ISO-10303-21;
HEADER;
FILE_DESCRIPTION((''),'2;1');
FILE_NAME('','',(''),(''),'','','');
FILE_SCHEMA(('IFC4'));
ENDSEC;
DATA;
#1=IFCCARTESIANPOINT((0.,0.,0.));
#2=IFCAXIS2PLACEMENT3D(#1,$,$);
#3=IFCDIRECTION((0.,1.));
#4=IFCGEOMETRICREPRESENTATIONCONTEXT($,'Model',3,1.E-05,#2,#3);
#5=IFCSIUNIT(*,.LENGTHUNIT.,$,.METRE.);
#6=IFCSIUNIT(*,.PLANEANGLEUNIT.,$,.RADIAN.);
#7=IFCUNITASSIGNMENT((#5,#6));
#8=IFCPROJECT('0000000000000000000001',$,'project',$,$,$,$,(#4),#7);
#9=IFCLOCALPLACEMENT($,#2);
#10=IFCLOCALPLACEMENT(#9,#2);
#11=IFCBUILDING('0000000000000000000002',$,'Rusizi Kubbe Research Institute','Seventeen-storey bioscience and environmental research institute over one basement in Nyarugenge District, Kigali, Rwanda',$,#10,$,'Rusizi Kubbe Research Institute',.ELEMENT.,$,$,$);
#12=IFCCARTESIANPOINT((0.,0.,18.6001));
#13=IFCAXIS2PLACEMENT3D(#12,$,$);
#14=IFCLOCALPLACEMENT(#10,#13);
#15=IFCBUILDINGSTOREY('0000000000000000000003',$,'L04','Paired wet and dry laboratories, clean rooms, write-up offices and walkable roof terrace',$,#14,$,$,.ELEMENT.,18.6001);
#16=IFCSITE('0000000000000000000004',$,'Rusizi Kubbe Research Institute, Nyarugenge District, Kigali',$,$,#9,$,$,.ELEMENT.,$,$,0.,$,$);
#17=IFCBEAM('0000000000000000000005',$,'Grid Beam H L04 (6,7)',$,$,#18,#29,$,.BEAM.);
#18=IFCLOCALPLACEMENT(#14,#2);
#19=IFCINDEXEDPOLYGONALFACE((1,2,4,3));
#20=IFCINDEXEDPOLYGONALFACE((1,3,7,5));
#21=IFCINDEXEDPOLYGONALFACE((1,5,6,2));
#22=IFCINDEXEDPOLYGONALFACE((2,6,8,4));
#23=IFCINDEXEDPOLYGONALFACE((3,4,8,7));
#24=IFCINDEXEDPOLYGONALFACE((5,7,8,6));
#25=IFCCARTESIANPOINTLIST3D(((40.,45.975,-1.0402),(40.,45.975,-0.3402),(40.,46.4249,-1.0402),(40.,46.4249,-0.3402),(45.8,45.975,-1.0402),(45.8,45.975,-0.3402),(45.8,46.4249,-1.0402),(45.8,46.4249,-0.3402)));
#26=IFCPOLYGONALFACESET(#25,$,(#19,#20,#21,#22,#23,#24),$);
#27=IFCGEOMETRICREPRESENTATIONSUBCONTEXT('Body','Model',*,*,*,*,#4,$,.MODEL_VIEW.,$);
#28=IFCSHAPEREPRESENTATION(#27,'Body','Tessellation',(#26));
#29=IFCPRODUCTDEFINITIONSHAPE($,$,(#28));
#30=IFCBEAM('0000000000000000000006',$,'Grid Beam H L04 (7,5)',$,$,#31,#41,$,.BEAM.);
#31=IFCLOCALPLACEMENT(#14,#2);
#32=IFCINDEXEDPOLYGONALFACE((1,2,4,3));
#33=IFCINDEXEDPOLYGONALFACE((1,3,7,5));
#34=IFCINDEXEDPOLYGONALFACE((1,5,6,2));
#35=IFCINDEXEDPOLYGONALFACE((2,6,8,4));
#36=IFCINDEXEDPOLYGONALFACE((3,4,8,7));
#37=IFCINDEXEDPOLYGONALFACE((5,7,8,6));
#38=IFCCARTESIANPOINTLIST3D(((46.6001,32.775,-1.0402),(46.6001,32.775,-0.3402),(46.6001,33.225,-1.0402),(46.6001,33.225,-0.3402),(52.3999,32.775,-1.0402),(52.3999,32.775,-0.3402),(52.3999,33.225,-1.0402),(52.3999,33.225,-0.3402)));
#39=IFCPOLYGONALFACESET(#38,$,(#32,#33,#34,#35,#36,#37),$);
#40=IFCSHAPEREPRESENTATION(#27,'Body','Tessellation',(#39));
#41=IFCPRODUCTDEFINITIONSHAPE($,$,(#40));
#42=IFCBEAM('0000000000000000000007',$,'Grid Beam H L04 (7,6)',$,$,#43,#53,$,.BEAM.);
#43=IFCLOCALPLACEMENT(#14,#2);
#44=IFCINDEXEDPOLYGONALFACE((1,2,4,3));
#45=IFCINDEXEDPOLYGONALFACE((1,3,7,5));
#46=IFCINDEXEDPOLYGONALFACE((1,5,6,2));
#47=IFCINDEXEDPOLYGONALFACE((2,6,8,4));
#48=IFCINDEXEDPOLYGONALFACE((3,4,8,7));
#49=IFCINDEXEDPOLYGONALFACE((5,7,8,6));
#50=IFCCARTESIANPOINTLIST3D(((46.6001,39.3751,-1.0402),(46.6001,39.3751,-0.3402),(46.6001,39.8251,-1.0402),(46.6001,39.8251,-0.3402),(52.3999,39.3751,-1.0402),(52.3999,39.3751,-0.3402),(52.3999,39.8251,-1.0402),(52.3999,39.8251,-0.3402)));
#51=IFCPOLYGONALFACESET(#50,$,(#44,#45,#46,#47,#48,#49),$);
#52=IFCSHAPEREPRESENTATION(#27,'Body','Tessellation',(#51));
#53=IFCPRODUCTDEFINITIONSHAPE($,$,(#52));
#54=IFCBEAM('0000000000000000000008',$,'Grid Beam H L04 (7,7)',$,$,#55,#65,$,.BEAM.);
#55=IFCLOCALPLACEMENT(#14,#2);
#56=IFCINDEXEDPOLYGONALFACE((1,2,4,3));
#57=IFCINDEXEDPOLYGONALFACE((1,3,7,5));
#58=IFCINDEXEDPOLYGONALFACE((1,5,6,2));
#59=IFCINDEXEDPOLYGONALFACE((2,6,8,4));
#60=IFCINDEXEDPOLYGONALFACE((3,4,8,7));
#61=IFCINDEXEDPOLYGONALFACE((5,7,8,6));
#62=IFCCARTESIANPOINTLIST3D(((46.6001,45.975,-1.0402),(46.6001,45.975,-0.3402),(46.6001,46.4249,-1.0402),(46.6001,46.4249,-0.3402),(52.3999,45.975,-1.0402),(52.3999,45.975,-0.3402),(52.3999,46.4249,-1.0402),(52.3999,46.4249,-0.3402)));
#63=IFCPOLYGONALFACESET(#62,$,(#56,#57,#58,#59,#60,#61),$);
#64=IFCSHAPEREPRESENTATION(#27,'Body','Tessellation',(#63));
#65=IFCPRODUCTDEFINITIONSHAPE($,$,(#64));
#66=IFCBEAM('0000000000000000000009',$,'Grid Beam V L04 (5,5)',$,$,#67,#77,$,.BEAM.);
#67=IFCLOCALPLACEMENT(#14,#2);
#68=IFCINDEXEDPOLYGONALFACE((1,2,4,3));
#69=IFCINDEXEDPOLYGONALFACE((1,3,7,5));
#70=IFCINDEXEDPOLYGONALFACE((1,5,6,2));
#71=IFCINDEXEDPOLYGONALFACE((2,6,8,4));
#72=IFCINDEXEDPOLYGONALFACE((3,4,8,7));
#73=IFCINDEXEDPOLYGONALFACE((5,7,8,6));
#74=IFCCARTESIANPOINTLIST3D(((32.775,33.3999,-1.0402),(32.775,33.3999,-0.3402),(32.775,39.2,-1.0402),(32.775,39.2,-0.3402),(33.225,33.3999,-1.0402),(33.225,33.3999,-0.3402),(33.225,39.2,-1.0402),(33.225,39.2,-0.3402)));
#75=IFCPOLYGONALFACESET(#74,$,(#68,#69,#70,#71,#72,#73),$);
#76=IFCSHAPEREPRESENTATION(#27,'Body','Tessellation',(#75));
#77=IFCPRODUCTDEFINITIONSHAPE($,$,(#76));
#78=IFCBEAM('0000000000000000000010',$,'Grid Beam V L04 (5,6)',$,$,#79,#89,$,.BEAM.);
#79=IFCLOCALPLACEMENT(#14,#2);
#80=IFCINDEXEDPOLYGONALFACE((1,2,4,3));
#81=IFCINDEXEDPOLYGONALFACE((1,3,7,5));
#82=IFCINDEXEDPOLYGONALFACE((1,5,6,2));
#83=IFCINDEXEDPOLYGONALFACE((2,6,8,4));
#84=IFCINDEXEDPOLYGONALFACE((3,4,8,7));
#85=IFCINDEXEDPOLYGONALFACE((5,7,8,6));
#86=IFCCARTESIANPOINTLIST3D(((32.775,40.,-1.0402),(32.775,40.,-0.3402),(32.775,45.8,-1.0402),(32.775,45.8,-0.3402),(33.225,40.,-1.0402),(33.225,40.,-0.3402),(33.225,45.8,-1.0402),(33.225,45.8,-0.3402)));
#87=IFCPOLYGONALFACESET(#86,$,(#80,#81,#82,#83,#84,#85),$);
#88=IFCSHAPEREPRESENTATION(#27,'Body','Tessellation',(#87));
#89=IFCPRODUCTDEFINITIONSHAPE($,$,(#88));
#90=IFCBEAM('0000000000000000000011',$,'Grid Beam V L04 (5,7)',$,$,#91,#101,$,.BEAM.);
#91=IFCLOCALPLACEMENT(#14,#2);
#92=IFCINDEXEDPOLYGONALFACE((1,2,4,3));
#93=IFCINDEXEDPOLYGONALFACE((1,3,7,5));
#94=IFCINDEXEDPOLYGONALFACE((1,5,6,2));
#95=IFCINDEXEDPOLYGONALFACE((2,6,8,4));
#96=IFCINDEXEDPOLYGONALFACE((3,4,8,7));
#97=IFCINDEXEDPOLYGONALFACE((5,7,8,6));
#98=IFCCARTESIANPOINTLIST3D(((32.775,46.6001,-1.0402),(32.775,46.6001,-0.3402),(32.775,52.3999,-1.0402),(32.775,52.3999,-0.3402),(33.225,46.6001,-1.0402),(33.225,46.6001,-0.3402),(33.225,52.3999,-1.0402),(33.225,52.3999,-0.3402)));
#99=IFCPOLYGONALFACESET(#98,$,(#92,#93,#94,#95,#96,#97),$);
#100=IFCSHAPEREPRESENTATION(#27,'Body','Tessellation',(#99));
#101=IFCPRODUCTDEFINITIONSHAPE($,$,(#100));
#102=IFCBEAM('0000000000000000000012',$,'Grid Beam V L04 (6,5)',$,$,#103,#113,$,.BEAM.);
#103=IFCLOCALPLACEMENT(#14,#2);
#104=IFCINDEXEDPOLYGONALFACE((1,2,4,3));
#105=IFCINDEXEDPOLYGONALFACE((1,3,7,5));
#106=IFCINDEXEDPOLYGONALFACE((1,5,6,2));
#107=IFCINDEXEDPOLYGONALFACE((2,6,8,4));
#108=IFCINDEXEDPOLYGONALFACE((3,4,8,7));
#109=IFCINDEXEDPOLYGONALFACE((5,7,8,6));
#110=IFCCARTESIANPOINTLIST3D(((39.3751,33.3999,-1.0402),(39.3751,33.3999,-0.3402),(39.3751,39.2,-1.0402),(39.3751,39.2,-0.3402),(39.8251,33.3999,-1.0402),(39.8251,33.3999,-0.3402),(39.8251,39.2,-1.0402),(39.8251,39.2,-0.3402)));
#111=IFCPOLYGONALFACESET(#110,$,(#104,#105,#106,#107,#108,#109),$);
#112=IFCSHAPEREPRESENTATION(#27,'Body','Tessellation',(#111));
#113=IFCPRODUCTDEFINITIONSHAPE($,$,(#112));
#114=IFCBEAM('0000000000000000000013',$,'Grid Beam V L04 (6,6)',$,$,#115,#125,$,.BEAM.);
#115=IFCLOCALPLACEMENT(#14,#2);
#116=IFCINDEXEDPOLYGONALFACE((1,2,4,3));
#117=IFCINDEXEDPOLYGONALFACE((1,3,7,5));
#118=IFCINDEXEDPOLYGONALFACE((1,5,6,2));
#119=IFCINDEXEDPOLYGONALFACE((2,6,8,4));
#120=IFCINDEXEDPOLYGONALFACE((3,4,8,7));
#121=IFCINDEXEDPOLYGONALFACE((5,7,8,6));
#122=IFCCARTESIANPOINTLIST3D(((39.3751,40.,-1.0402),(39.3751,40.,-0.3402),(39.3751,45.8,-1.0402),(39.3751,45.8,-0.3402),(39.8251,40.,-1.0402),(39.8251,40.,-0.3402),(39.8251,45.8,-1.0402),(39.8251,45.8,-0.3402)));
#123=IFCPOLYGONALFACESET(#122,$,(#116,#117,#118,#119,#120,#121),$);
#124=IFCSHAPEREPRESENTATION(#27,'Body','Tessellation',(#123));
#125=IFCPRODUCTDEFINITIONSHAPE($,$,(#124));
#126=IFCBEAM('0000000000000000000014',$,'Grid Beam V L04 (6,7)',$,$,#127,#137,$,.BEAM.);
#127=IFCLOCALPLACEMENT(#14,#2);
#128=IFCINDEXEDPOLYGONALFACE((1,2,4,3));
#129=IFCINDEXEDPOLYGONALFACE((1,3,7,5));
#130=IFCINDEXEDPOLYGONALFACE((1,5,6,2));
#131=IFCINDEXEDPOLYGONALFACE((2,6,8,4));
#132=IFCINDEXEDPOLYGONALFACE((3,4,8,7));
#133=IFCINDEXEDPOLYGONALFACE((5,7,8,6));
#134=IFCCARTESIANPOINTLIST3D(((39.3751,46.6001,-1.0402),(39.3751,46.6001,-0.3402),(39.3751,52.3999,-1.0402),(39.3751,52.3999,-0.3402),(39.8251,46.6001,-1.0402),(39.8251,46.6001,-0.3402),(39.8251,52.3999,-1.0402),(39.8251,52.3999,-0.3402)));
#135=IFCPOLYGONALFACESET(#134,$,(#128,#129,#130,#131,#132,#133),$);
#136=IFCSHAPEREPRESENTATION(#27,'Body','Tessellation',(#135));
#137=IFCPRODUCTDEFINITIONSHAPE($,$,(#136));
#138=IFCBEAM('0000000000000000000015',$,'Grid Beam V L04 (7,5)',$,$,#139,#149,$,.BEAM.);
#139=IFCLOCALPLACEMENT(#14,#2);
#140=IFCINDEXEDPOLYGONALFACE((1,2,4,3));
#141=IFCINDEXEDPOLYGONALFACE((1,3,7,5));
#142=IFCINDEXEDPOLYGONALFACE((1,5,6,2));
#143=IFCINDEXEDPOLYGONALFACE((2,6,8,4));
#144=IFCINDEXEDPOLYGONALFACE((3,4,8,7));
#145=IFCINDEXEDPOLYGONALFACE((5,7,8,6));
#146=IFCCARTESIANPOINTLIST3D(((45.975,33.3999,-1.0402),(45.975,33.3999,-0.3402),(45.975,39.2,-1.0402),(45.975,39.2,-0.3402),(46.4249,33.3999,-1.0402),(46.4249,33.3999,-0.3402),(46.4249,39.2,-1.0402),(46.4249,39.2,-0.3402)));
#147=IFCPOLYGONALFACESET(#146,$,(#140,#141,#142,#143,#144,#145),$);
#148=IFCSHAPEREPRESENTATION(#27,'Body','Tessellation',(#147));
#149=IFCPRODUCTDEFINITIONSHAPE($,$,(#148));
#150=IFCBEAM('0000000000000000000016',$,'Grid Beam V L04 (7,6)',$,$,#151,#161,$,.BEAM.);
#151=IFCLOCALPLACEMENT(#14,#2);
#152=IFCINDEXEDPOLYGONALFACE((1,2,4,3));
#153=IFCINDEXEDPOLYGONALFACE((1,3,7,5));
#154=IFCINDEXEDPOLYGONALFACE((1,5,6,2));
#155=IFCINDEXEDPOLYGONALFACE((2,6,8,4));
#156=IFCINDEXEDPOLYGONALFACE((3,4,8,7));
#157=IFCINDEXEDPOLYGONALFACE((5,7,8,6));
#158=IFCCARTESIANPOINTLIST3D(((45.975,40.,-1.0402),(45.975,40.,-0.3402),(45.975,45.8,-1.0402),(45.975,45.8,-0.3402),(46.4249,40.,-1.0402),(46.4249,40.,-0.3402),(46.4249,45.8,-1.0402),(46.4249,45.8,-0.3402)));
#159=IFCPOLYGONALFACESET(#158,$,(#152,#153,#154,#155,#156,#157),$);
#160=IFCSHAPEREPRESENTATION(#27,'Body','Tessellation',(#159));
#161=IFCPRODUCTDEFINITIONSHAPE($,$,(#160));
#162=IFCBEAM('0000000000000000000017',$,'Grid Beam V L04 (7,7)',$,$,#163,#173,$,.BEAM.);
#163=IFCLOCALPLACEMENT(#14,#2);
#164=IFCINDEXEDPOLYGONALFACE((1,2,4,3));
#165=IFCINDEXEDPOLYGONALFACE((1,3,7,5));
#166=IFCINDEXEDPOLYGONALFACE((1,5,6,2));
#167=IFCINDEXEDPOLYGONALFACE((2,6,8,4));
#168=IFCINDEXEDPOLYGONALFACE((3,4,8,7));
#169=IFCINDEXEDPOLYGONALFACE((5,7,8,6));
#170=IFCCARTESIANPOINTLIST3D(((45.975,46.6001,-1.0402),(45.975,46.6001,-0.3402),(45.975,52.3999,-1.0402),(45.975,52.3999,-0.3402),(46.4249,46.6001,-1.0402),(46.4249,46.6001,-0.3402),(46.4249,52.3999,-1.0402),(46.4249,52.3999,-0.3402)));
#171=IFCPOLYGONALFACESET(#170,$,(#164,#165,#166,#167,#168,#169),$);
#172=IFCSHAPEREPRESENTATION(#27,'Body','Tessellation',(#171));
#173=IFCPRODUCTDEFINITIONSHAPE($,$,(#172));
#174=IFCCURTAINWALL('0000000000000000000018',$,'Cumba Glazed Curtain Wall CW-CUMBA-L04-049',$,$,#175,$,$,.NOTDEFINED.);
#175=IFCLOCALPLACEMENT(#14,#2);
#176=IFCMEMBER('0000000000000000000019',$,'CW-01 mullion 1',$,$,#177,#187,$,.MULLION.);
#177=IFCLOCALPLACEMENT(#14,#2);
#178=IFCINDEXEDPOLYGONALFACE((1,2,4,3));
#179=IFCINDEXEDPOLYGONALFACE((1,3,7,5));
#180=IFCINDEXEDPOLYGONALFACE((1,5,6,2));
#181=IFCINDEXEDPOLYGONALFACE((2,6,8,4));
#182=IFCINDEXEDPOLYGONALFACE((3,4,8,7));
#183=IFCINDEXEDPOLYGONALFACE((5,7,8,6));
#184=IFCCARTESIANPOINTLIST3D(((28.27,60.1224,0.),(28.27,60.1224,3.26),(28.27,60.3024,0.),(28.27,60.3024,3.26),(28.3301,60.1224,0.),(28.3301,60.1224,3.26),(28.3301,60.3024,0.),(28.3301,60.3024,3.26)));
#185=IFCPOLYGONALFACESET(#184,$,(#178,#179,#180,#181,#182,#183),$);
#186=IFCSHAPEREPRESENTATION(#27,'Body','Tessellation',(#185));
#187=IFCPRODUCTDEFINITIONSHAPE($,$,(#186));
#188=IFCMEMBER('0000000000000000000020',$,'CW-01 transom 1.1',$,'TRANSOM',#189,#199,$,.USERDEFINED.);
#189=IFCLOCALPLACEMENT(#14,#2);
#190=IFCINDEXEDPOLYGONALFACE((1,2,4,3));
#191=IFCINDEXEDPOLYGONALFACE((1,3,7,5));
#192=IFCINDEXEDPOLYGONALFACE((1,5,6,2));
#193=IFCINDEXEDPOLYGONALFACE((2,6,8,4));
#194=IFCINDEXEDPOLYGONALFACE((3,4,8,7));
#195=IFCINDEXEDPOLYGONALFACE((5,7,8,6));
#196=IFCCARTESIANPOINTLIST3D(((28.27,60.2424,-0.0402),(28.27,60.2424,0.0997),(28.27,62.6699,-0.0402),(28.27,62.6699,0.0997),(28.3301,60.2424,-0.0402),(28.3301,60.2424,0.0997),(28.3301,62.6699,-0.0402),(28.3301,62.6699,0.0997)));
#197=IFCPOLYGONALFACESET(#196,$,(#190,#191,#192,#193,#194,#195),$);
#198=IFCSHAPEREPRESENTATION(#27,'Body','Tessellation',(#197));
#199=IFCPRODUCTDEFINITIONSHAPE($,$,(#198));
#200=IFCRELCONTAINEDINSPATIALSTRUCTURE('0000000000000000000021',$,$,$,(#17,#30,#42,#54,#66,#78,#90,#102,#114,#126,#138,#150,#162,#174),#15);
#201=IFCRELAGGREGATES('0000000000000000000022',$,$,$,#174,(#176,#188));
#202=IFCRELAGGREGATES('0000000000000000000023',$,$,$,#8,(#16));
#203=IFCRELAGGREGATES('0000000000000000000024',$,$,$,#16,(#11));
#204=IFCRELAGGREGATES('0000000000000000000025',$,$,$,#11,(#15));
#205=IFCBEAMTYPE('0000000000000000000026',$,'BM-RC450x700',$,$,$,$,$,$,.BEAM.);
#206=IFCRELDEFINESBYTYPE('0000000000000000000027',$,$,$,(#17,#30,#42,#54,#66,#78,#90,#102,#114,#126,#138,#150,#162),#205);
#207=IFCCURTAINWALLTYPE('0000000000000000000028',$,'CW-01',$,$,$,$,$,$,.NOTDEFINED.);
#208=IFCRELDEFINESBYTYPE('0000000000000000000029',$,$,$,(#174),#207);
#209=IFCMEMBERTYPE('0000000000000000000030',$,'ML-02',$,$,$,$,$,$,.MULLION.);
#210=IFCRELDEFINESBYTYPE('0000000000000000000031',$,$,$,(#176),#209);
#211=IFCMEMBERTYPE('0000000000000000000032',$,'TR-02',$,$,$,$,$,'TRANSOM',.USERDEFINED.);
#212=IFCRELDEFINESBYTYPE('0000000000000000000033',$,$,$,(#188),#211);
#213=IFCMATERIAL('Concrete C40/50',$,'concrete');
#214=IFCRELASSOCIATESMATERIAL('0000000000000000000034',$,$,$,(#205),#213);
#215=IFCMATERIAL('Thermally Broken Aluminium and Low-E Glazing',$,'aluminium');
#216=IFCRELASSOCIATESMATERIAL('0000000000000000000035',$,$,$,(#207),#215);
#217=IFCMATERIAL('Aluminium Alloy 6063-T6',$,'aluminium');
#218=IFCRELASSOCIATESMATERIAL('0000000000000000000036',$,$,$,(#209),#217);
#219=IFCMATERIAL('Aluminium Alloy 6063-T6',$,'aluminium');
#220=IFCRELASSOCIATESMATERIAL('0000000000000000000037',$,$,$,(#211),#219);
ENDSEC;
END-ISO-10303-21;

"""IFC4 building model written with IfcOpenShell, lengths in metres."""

from ifc_helpers import new_model, si_unit, direction, frame, origin, origin_2d, place, context, subcontext, project, spatial, rectangle, extrude, material, material_profile, profile_set, type_object, element, aggregate, save


model = new_model("IFC4")

# Units and contexts
model_context = context("Model", 3, precision=1e-05, world=origin(), true_north=direction((0.0, 1.0)))
body_context = subcontext(model_context, "Body", "Model", "MODEL_VIEW")
ifc_project = project(units=[si_unit("LENGTHUNIT", "METRE"), si_unit("PLANEANGLEUNIT", "RADIAN")], contexts=[model_context])

# Site, building, storey
site_placement = place(None, origin())
site = spatial("IfcSite", under=ifc_project, at=site_placement, Name="Rusizi Kubbe Research Institute, Nyarugenge District, Kigali", CompositionType="ELEMENT", RefElevation=0.0)
building_placement = place(site_placement, origin())
building = spatial("IfcBuilding", under=site, at=building_placement, Name="Rusizi Kubbe Research Institute", Description="Seventeen-storey bioscience and environmental research institute over one basement in Nyarugenge District, Kigali, Rwanda", LongName="Rusizi Kubbe Research Institute", CompositionType="ELEMENT")
storey_placement = place(building_placement, frame((0.0, 0.0, 18.6001)))
storey = spatial("IfcBuildingStorey", under=building, at=storey_placement, Name="L04", Description="Paired wet and dry laboratories, clean rooms, write-up offices and walkable roof terrace", CompositionType="ELEMENT", Elevation=18.6001)

# Beams
ifc_material_1 = material(Name="Concrete C40/50", Category="concrete")
ifc_material_profile_1 = material_profile(ifc_material_1, rectangle(XDim=0.45, YDim=0.7, at=origin_2d()), Name="RC450x700B")
ifc_profile_set_1 = profile_set([ifc_material_profile_1], Name="Concrete C40/50")
beam_type_1 = type_object("IfcBeamType", Name="BM-RC450x700", PredefinedType="BEAM", material=ifc_profile_set_1)
for number, where, z_axis, x_axis, name in (
    (1, (40.0, 46.2, -0.6902), (1.0, 0.0, 0.0), (0.0, 1.0, 0.0), "Grid Beam H L04 (6,7)"),
):
    element("IfcBeam", number, at=place(storey_placement, frame(where, z_axis=z_axis, x_axis=x_axis)), inside=storey, type_object=beam_type_1, Name=name, PredefinedType="BEAM", context=body_context, shape_type="SweptSolid", body=[
        extrude(rectangle(XDim=0.45, YDim=0.7, at=origin_2d()), origin(), (0.0, 0.0, 1.0), 5.8),
    ])
for number, where, z_axis, x_axis, name in (
    (2, (46.6001, 33.0, -0.6902), (1.0, 0.0, 0.0), (0.0, 1.0, 0.0), "Grid Beam H L04 (7,5)"),
    (3, (46.6001, 39.6001, -0.6902), (1.0, 0.0, 0.0), (0.0, 1.0, 0.0), "Grid Beam H L04 (7,6)"),
    (4, (46.6001, 46.2, -0.6902), (1.0, 0.0, 0.0), (0.0, 1.0, 0.0), "Grid Beam H L04 (7,7)"),
):
    element("IfcBeam", number, at=place(storey_placement, frame(where, z_axis=z_axis, x_axis=x_axis)), inside=storey, type_object=beam_type_1, Name=name, PredefinedType="BEAM", context=body_context, shape_type="SweptSolid", body=[
        extrude(rectangle(XDim=0.45, YDim=0.7, at=origin_2d()), origin(), (0.0, 0.0, 1.0), 5.7998),
    ])
for number, where, z_axis, x_axis, name in (
    (5, (33.0, 33.3999, -0.6902), (0.0, 1.0, 0.0), (-1.0, 0.0, 0.0), "Grid Beam V L04 (5,5)"),
    (6, (33.0, 40.0, -0.6902), (0.0, 1.0, 0.0), (-1.0, 0.0, 0.0), "Grid Beam V L04 (5,6)"),
):
    element("IfcBeam", number, at=place(storey_placement, frame(where, z_axis=z_axis, x_axis=x_axis)), inside=storey, type_object=beam_type_1, Name=name, PredefinedType="BEAM", context=body_context, shape_type="SweptSolid", body=[
        extrude(rectangle(XDim=0.45, YDim=0.7, at=origin_2d()), origin(), (0.0, 0.0, 1.0), 5.8),
    ])
beam_1_placement = place(storey_placement, frame((33.0, 46.6001, -0.6902), z_axis=(0.0, 1.0, 0.0), x_axis=(-1.0, 0.0, 0.0)))
element("IfcBeam", 7, at=beam_1_placement, inside=storey, type_object=beam_type_1, Name="Grid Beam V L04 (5,7)", PredefinedType="BEAM", context=body_context, shape_type="SweptSolid", body=[
    extrude(rectangle(XDim=0.45, YDim=0.7, at=origin_2d()), origin(), (0.0, 0.0, 1.0), 5.7998),
])
for number, where, z_axis, x_axis, name in (
    (8, (39.6001, 33.3999, -0.6902), (0.0, 1.0, 0.0), (-1.0, 0.0, 0.0), "Grid Beam V L04 (6,5)"),
    (9, (39.6001, 40.0, -0.6902), (0.0, 1.0, 0.0), (-1.0, 0.0, 0.0), "Grid Beam V L04 (6,6)"),
):
    element("IfcBeam", number, at=place(storey_placement, frame(where, z_axis=z_axis, x_axis=x_axis)), inside=storey, type_object=beam_type_1, Name=name, PredefinedType="BEAM", context=body_context, shape_type="SweptSolid", body=[
        extrude(rectangle(XDim=0.45, YDim=0.7, at=origin_2d()), origin(), (0.0, 0.0, 1.0), 5.8),
    ])
beam_2_placement = place(storey_placement, frame((39.6001, 46.6001, -0.6902), z_axis=(0.0, 1.0, 0.0), x_axis=(-1.0, 0.0, 0.0)))
element("IfcBeam", 10, at=beam_2_placement, inside=storey, type_object=beam_type_1, Name="Grid Beam V L04 (6,7)", PredefinedType="BEAM", context=body_context, shape_type="SweptSolid", body=[
    extrude(rectangle(XDim=0.45, YDim=0.7, at=origin_2d()), origin(), (0.0, 0.0, 1.0), 5.7998),
])
for number, where, z_axis, x_axis, name in (
    (11, (46.2, 33.3999, -0.6902), (0.0, 1.0, 0.0), (-1.0, 0.0, 0.0), "Grid Beam V L04 (7,5)"),
    (12, (46.2, 40.0, -0.6902), (0.0, 1.0, 0.0), (-1.0, 0.0, 0.0), "Grid Beam V L04 (7,6)"),
):
    element("IfcBeam", number, at=place(storey_placement, frame(where, z_axis=z_axis, x_axis=x_axis)), inside=storey, type_object=beam_type_1, Name=name, PredefinedType="BEAM", context=body_context, shape_type="SweptSolid", body=[
        extrude(rectangle(XDim=0.45, YDim=0.7, at=origin_2d()), origin(), (0.0, 0.0, 1.0), 5.8),
    ])
beam_3_placement = place(storey_placement, frame((46.2, 46.6001, -0.6902), z_axis=(0.0, 1.0, 0.0), x_axis=(-1.0, 0.0, 0.0)))
element("IfcBeam", 13, at=beam_3_placement, inside=storey, type_object=beam_type_1, Name="Grid Beam V L04 (7,7)", PredefinedType="BEAM", context=body_context, shape_type="SweptSolid", body=[
    extrude(rectangle(XDim=0.45, YDim=0.7, at=origin_2d()), origin(), (0.0, 0.0, 1.0), 5.7998),
])

# Curtain wall, members
ifc_material_2 = material(Name="Thermally Broken Aluminium and Low-E Glazing", Category="aluminium")
curtain_wall_type = type_object("IfcCurtainWallType", Name="CW-01", PredefinedType="NOTDEFINED", material=ifc_material_2)
curtain_wall_placement = place(storey_placement, origin())
curtain_wall = element("IfcCurtainWall", 14, at=curtain_wall_placement, inside=storey, type_object=curtain_wall_type, Name="Cumba Glazed Curtain Wall CW-CUMBA-L04-049", PredefinedType="NOTDEFINED")
ifc_material_3 = material(Name="Aluminium Alloy 6063-T6", Category="aluminium")
ifc_material_profile_2 = material_profile(ifc_material_3, rectangle(XDim=0.0601, YDim=0.1799, at=origin_2d()), Name="ALU-M 60x180")
ifc_profile_set_2 = profile_set([ifc_material_profile_2], Name="Aluminium Alloy 6063-T6")
member_type_1 = type_object("IfcMemberType", Name="ML-02", PredefinedType="MULLION", material=ifc_profile_set_2)
member_1_placement = place(storey_placement, frame((28.3, 60.2124, 0.0), z_axis=(0.0, 0.0, 1.0), x_axis=(-1.0, 0.0, 0.0)))
member_1 = element("IfcMember", 15, at=member_1_placement, type_object=member_type_1, Name="CW-01 mullion 1", PredefinedType="MULLION", context=body_context, shape_type="SweptSolid", body=[
    extrude(rectangle(XDim=0.0601, YDim=0.1799, at=origin_2d()), origin(), (0.0, 0.0, 1.0), 3.26),
])
ifc_material_4 = material(Name="Aluminium Alloy 6063-T6", Category="aluminium")
ifc_material_profile_3 = material_profile(ifc_material_4, rectangle(XDim=0.0601, YDim=0.1399, at=origin_2d()), Name="ALU-T 60x140")
ifc_profile_set_3 = profile_set([ifc_material_profile_3], Name="Aluminium Alloy 6063-T6")
member_type_2 = type_object("IfcMemberType", Name="TR-02", ElementType="TRANSOM", PredefinedType="USERDEFINED", material=ifc_profile_set_3)
member_2_placement = place(storey_placement, frame((28.3, 60.2424, 0.0298), z_axis=(0.0, 1.0, 0.0), x_axis=(-1.0, 0.0, 0.0)))
member_2 = element("IfcMember", 16, at=member_2_placement, type_object=member_type_2, Name="CW-01 transom 1.1", ObjectType="TRANSOM", PredefinedType="USERDEFINED", context=body_context, shape_type="SweptSolid", body=[
    extrude(rectangle(XDim=0.0601, YDim=0.1399, at=origin_2d()), origin(), (0.0, 0.0, 1.0), 2.4275),
])

aggregate(curtain_wall, [member_1, member_2])

save(model, "model.ifc")
